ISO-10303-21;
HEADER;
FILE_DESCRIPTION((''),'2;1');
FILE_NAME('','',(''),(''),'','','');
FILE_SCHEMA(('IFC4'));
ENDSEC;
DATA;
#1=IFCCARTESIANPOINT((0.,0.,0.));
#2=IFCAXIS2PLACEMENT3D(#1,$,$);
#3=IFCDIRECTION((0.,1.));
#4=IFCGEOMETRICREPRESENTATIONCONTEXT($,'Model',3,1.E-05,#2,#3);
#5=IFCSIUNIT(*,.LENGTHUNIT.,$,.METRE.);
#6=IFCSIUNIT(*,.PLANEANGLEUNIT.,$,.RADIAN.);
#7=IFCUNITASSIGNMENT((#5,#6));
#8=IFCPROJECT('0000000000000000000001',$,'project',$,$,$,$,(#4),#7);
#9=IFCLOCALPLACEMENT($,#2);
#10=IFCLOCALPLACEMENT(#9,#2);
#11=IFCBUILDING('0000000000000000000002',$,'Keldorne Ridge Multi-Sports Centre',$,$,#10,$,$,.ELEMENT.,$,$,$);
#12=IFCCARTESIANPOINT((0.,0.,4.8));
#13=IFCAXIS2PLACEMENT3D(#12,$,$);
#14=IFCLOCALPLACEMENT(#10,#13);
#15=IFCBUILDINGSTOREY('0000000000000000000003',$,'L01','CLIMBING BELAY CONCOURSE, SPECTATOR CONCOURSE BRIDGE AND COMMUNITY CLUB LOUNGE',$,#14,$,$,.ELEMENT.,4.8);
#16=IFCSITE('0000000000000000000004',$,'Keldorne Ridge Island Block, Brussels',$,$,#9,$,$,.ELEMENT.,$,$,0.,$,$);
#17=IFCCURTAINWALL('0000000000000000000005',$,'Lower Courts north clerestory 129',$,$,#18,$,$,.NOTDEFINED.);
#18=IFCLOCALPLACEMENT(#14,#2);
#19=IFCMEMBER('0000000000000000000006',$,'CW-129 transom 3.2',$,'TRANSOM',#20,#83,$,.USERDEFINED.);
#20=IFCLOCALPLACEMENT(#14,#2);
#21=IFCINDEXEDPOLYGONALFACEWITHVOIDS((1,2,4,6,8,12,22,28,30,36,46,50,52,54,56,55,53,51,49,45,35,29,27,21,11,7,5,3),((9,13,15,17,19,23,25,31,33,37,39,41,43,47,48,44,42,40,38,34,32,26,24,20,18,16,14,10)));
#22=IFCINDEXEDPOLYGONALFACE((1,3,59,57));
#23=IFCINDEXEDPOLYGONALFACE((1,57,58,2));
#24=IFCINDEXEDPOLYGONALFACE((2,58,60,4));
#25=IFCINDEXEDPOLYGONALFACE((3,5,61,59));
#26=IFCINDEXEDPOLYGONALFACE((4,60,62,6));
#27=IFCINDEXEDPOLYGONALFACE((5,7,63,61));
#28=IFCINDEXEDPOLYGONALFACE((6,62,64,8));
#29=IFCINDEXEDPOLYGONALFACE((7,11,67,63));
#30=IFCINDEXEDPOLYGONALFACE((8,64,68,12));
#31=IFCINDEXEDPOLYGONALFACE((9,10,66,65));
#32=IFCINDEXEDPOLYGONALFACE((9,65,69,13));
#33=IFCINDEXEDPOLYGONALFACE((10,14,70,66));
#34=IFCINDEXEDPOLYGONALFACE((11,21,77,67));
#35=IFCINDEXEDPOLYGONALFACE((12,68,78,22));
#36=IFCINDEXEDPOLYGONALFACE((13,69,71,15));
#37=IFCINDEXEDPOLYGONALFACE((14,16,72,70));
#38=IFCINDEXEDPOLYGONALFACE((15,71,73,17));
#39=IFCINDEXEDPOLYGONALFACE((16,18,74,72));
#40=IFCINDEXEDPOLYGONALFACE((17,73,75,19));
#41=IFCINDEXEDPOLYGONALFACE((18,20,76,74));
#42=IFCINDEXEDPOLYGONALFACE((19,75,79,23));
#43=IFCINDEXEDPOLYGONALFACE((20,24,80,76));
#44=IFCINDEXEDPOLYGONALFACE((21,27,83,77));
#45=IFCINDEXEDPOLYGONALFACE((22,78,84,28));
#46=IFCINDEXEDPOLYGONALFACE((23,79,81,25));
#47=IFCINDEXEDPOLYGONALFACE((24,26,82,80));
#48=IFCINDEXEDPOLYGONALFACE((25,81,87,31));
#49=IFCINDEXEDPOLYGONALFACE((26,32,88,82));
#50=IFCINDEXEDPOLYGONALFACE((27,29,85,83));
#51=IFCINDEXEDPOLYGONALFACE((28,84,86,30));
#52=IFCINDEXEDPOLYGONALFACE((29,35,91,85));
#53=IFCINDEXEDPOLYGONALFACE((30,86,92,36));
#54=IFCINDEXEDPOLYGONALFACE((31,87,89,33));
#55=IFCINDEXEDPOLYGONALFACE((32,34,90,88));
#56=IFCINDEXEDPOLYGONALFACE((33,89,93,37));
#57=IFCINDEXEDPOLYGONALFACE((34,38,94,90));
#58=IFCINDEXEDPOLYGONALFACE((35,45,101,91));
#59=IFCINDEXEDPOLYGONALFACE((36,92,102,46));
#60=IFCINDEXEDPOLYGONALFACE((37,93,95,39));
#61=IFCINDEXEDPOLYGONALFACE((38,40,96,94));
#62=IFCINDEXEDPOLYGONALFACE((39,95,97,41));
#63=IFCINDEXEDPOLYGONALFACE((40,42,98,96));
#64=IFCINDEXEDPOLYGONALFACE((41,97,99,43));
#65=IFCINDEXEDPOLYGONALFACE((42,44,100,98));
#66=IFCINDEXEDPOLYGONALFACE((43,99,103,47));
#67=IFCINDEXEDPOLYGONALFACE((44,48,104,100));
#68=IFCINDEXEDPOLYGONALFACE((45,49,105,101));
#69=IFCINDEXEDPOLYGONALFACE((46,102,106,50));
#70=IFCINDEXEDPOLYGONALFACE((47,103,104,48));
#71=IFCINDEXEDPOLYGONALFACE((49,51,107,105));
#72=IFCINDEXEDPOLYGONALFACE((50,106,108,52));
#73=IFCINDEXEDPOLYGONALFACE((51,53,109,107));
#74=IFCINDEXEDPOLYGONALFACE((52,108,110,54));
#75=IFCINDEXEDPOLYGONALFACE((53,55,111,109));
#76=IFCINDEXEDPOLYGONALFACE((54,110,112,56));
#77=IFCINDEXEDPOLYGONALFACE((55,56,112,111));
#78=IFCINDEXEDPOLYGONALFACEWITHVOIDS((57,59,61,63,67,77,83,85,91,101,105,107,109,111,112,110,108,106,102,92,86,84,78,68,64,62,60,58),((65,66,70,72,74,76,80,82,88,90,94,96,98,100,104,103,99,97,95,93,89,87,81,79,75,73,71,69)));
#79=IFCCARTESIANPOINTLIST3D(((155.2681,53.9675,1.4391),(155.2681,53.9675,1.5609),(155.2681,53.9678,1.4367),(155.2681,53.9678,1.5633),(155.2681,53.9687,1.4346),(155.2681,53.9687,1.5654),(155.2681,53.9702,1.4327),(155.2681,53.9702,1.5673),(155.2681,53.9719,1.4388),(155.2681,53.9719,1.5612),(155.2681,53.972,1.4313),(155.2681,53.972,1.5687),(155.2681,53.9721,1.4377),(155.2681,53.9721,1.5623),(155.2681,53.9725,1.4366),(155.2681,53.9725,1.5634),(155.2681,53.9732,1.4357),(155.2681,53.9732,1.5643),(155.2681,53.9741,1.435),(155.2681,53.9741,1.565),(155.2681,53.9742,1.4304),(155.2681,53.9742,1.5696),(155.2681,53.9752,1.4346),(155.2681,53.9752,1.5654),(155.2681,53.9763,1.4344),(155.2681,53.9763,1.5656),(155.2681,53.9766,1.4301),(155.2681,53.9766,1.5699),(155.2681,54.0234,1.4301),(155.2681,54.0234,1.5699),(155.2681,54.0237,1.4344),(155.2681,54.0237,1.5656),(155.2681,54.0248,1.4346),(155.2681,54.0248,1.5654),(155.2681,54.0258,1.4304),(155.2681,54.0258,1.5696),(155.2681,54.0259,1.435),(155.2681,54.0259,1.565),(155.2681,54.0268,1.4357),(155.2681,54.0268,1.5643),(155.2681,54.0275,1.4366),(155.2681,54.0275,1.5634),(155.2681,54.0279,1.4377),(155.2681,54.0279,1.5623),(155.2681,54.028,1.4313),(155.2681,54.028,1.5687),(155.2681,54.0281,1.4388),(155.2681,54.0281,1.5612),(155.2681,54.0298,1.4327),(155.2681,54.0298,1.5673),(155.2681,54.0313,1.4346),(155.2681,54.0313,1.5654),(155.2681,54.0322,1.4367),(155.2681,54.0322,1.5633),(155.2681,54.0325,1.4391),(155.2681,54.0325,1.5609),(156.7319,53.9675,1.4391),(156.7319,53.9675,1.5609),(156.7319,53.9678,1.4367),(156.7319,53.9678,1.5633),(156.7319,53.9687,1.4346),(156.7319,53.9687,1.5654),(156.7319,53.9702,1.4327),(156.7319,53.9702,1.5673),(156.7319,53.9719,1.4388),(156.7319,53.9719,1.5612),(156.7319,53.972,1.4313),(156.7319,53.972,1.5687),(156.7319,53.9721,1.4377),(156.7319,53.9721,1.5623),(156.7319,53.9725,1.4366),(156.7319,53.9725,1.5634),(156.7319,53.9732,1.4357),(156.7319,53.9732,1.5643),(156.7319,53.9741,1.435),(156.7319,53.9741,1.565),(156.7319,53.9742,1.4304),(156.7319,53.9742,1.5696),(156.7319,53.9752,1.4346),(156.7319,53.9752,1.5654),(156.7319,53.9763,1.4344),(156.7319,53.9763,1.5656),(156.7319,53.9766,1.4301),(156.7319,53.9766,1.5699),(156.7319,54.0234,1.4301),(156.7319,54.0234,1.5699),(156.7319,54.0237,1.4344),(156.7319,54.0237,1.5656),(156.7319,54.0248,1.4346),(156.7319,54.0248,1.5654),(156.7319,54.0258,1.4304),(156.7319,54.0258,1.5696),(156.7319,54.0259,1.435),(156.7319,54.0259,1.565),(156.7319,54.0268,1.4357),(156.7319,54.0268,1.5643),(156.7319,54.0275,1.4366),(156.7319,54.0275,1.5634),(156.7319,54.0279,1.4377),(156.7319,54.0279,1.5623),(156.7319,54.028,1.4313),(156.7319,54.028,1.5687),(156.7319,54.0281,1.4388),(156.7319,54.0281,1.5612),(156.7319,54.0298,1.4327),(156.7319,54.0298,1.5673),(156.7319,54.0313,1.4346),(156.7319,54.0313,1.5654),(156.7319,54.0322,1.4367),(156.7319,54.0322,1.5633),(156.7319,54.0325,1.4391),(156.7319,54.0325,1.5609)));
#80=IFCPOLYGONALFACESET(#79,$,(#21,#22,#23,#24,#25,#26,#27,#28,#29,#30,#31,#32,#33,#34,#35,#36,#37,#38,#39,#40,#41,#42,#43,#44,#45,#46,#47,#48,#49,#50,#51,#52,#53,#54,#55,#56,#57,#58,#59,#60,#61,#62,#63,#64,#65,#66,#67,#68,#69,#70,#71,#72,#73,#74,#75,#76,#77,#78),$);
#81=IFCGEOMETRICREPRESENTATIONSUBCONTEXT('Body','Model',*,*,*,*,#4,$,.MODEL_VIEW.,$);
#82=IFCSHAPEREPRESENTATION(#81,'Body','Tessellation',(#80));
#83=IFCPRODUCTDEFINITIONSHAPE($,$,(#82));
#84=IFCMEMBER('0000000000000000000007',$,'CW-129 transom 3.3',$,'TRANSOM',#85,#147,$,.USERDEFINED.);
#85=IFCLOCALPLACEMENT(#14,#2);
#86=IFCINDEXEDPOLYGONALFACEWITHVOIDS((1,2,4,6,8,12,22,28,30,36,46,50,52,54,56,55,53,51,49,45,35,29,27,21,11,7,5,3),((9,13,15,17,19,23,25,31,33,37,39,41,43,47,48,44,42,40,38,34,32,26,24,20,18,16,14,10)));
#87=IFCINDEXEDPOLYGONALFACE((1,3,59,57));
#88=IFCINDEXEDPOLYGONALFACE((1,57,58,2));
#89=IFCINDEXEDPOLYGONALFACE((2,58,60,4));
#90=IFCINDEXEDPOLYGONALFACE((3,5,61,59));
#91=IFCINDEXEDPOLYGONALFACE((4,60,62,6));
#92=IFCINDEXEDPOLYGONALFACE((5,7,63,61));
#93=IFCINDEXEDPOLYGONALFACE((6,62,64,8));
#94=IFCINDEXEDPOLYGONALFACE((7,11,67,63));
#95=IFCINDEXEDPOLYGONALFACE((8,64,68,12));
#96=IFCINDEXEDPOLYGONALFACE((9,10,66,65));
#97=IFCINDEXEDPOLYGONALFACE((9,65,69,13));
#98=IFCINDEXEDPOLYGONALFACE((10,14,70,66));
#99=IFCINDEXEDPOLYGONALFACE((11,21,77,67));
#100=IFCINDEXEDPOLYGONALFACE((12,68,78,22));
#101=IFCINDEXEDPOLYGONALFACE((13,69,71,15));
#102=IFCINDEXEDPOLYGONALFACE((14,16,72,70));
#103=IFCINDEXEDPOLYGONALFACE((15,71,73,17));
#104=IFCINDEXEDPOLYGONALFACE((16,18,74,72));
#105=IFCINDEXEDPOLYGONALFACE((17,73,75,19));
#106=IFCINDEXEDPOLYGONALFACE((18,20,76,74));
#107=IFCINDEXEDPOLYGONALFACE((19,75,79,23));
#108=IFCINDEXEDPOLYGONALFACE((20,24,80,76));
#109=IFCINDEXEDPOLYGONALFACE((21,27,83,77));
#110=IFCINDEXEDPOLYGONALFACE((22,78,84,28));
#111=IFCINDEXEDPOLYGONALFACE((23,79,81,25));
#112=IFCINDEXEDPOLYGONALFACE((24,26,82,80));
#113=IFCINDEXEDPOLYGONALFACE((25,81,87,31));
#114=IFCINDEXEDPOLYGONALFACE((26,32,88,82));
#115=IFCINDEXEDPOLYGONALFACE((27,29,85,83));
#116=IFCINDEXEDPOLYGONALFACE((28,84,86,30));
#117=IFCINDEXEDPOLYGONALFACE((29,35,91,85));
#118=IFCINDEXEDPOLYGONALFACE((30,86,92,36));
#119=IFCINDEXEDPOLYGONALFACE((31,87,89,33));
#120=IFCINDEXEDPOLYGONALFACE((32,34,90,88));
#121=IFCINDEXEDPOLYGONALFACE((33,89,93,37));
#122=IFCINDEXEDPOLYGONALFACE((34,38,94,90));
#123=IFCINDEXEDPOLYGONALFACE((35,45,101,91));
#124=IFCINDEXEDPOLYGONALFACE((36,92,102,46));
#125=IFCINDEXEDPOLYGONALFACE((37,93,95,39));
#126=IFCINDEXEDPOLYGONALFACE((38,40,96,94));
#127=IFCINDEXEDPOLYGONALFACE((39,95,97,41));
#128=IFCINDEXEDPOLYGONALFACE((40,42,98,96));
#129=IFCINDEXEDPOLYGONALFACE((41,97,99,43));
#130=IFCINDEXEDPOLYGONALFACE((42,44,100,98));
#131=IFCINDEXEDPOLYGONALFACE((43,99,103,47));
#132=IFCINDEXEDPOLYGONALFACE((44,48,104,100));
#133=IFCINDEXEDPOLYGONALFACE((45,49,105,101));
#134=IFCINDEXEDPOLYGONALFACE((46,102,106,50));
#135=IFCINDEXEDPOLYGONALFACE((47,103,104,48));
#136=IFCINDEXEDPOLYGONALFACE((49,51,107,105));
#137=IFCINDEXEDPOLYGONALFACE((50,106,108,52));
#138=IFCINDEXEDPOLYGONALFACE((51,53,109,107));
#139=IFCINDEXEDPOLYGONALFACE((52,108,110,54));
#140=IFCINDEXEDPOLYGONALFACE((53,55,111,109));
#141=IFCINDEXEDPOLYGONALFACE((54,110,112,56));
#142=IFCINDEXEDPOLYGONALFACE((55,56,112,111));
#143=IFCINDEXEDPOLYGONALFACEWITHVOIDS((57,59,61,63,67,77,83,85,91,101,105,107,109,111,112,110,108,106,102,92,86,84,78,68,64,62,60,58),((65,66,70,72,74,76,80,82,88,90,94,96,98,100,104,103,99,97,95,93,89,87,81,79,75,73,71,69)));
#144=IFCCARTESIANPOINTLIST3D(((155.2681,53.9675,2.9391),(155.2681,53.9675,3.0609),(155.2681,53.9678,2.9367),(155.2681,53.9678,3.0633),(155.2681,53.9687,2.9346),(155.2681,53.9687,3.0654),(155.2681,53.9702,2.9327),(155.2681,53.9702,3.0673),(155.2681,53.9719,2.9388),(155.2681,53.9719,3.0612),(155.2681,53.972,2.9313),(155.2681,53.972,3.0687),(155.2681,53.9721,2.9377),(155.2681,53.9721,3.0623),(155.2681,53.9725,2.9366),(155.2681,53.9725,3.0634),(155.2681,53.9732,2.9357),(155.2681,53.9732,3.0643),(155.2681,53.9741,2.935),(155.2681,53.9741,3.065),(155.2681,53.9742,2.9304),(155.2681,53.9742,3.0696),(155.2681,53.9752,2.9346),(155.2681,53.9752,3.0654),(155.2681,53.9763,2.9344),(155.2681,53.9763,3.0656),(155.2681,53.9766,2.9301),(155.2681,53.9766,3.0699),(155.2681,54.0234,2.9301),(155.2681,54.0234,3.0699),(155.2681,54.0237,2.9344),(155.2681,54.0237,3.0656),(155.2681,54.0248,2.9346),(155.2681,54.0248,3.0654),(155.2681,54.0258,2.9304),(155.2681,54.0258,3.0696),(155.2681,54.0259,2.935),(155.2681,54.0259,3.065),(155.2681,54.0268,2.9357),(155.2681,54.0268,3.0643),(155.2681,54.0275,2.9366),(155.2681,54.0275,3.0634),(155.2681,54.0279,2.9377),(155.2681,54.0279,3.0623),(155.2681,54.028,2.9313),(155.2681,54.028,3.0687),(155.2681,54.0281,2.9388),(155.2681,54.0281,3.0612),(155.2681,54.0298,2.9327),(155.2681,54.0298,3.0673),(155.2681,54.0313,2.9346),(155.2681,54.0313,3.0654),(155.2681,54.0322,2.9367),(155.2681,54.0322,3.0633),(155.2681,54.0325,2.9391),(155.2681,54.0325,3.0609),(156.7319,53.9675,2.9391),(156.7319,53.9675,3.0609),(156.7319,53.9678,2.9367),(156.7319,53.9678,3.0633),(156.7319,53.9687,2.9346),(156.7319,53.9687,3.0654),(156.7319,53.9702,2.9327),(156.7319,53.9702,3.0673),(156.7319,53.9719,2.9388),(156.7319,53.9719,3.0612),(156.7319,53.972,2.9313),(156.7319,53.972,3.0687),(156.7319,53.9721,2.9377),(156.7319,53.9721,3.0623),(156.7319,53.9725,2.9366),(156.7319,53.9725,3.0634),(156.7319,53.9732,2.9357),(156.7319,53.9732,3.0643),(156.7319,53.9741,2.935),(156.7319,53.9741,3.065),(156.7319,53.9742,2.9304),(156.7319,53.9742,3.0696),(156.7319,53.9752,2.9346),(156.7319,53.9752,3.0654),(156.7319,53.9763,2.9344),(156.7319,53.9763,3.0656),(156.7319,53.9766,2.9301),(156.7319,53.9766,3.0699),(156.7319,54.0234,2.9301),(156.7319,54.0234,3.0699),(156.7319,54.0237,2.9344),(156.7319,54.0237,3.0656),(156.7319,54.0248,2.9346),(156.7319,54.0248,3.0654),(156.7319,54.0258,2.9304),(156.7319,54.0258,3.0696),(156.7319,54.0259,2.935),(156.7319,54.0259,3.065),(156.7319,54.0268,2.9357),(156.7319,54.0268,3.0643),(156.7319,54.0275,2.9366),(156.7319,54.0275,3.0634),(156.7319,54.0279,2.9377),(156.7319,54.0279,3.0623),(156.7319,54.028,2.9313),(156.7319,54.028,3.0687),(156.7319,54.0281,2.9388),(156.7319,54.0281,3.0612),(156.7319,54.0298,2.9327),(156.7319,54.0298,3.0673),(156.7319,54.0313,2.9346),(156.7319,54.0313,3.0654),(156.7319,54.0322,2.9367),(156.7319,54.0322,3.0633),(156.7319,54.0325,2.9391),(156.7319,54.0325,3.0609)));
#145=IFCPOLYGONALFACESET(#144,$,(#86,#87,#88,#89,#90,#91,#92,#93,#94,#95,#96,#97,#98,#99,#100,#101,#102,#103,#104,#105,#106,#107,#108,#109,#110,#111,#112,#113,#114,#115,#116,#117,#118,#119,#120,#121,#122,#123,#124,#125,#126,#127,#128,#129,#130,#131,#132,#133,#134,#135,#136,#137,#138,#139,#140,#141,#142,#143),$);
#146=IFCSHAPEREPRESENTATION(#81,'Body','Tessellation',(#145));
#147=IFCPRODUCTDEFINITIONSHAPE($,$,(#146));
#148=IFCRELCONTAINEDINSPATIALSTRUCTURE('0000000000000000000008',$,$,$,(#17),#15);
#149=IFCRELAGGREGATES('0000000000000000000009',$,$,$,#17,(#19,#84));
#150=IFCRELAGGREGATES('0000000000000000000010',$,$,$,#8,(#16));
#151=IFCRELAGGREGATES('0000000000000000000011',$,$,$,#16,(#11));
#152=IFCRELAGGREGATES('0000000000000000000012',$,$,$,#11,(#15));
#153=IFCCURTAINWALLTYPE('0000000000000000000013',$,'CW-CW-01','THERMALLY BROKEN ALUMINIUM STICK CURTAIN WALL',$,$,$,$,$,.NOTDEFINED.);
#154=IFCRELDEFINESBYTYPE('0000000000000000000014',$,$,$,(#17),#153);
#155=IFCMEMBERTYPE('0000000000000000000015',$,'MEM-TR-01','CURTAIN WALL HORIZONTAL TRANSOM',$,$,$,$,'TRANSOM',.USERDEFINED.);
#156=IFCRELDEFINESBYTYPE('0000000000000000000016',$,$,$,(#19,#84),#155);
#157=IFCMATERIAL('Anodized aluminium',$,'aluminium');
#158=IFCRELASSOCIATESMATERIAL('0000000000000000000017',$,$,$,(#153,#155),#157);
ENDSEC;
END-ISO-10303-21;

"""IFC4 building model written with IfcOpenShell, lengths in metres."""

from ifc_helpers import new_model, si_unit, direction, frame, origin, origin_2d, place, context, subcontext, project, spatial, hollow_rectangle, extrude, material, material_profile, profile_set, type_object, element, aggregate, save


model = new_model("IFC4")

# Units and contexts
model_context = context("Model", 3, precision=1e-05, world=origin(), true_north=direction((0.0, 1.0)))
body_context = subcontext(model_context, "Body", "Model", "MODEL_VIEW")
ifc_project = project(units=[si_unit("LENGTHUNIT", "METRE"), si_unit("PLANEANGLEUNIT", "RADIAN")], contexts=[model_context])

# Site, building, storey
site_placement = place(None, origin())
site = spatial("IfcSite", under=ifc_project, at=site_placement, Name="Keldorne Ridge Island Block, Brussels", CompositionType="ELEMENT", RefElevation=0.0)
building_placement = place(site_placement, origin())
building = spatial("IfcBuilding", under=site, at=building_placement, Name="Keldorne Ridge Multi-Sports Centre", CompositionType="ELEMENT")
storey_placement = place(building_placement, frame((0.0, 0.0, 4.8)))
storey = spatial("IfcBuildingStorey", under=building, at=storey_placement, Name="L01", Description="CLIMBING BELAY CONCOURSE, SPECTATOR CONCOURSE BRIDGE AND COMMUNITY CLUB LOUNGE", CompositionType="ELEMENT", Elevation=4.8)

# Curtain wall, members
ifc_material_1 = material(Name="Anodized aluminium", Category="aluminium")
curtain_wall_type = type_object("IfcCurtainWallType", Name="CW-CW-01", Description="THERMALLY BROKEN ALUMINIUM STICK CURTAIN WALL", PredefinedType="NOTDEFINED", material=ifc_material_1)
curtain_wall_placement = place(storey_placement, origin())
curtain_wall = element("IfcCurtainWall", 1, at=curtain_wall_placement, inside=storey, type_object=curtain_wall_type, Name="Lower Courts north clerestory 129", PredefinedType="NOTDEFINED")
ifc_material_profile_1 = material_profile(ifc_material_1, hollow_rectangle(XDim=0.0649, YDim=0.1399, WallThickness=0.0044, InnerFilletRadius=0.0044, OuterFilletRadius=0.009, at=origin_2d()), Name="ALU TRANSOM 140x65x4.5")
ifc_profile_set_1 = profile_set([ifc_material_profile_1], Name="Anodized aluminium")
member_type_1 = type_object("IfcMemberType", Name="MEM-TR-01", Description="CURTAIN WALL HORIZONTAL TRANSOM", ElementType="TRANSOM", PredefinedType="USERDEFINED", material=ifc_profile_set_1)
member_1_placement = place(storey_placement, frame((156.7319, 54.0, 1.5), z_axis=(-1.0, 0.0, 0.0), x_axis=(0.0, -1.0, 0.0)))
member_1 = element("IfcMember", 2, at=member_1_placement, type_object=member_type_1, Name="CW-129 transom 3.2", ObjectType="TRANSOM", PredefinedType="USERDEFINED", context=body_context, shape_type="SweptSolid", body=[
    extrude(hollow_rectangle(XDim=0.0649, YDim=0.1399, WallThickness=0.0044, InnerFilletRadius=0.0044, OuterFilletRadius=0.009, at=origin_2d()), origin(), (0.0, 0.0, 1.0), 1.4639),
])
member_2_placement = place(storey_placement, frame((156.7319, 54.0, 3.0), z_axis=(-1.0, 0.0, 0.0), x_axis=(0.0, -1.0, 0.0)))
member_2 = element("IfcMember", 3, at=member_2_placement, type_object=member_type_1, Name="CW-129 transom 3.3", ObjectType="TRANSOM", PredefinedType="USERDEFINED", context=body_context, shape_type="SweptSolid", body=[
    extrude(hollow_rectangle(XDim=0.0649, YDim=0.1399, WallThickness=0.0044, InnerFilletRadius=0.0044, OuterFilletRadius=0.009, at=origin_2d()), origin(), (0.0, 0.0, 1.0), 1.4639),
])
aggregate(curtain_wall, [member_1, member_2])

save(model, "model.ifc")
